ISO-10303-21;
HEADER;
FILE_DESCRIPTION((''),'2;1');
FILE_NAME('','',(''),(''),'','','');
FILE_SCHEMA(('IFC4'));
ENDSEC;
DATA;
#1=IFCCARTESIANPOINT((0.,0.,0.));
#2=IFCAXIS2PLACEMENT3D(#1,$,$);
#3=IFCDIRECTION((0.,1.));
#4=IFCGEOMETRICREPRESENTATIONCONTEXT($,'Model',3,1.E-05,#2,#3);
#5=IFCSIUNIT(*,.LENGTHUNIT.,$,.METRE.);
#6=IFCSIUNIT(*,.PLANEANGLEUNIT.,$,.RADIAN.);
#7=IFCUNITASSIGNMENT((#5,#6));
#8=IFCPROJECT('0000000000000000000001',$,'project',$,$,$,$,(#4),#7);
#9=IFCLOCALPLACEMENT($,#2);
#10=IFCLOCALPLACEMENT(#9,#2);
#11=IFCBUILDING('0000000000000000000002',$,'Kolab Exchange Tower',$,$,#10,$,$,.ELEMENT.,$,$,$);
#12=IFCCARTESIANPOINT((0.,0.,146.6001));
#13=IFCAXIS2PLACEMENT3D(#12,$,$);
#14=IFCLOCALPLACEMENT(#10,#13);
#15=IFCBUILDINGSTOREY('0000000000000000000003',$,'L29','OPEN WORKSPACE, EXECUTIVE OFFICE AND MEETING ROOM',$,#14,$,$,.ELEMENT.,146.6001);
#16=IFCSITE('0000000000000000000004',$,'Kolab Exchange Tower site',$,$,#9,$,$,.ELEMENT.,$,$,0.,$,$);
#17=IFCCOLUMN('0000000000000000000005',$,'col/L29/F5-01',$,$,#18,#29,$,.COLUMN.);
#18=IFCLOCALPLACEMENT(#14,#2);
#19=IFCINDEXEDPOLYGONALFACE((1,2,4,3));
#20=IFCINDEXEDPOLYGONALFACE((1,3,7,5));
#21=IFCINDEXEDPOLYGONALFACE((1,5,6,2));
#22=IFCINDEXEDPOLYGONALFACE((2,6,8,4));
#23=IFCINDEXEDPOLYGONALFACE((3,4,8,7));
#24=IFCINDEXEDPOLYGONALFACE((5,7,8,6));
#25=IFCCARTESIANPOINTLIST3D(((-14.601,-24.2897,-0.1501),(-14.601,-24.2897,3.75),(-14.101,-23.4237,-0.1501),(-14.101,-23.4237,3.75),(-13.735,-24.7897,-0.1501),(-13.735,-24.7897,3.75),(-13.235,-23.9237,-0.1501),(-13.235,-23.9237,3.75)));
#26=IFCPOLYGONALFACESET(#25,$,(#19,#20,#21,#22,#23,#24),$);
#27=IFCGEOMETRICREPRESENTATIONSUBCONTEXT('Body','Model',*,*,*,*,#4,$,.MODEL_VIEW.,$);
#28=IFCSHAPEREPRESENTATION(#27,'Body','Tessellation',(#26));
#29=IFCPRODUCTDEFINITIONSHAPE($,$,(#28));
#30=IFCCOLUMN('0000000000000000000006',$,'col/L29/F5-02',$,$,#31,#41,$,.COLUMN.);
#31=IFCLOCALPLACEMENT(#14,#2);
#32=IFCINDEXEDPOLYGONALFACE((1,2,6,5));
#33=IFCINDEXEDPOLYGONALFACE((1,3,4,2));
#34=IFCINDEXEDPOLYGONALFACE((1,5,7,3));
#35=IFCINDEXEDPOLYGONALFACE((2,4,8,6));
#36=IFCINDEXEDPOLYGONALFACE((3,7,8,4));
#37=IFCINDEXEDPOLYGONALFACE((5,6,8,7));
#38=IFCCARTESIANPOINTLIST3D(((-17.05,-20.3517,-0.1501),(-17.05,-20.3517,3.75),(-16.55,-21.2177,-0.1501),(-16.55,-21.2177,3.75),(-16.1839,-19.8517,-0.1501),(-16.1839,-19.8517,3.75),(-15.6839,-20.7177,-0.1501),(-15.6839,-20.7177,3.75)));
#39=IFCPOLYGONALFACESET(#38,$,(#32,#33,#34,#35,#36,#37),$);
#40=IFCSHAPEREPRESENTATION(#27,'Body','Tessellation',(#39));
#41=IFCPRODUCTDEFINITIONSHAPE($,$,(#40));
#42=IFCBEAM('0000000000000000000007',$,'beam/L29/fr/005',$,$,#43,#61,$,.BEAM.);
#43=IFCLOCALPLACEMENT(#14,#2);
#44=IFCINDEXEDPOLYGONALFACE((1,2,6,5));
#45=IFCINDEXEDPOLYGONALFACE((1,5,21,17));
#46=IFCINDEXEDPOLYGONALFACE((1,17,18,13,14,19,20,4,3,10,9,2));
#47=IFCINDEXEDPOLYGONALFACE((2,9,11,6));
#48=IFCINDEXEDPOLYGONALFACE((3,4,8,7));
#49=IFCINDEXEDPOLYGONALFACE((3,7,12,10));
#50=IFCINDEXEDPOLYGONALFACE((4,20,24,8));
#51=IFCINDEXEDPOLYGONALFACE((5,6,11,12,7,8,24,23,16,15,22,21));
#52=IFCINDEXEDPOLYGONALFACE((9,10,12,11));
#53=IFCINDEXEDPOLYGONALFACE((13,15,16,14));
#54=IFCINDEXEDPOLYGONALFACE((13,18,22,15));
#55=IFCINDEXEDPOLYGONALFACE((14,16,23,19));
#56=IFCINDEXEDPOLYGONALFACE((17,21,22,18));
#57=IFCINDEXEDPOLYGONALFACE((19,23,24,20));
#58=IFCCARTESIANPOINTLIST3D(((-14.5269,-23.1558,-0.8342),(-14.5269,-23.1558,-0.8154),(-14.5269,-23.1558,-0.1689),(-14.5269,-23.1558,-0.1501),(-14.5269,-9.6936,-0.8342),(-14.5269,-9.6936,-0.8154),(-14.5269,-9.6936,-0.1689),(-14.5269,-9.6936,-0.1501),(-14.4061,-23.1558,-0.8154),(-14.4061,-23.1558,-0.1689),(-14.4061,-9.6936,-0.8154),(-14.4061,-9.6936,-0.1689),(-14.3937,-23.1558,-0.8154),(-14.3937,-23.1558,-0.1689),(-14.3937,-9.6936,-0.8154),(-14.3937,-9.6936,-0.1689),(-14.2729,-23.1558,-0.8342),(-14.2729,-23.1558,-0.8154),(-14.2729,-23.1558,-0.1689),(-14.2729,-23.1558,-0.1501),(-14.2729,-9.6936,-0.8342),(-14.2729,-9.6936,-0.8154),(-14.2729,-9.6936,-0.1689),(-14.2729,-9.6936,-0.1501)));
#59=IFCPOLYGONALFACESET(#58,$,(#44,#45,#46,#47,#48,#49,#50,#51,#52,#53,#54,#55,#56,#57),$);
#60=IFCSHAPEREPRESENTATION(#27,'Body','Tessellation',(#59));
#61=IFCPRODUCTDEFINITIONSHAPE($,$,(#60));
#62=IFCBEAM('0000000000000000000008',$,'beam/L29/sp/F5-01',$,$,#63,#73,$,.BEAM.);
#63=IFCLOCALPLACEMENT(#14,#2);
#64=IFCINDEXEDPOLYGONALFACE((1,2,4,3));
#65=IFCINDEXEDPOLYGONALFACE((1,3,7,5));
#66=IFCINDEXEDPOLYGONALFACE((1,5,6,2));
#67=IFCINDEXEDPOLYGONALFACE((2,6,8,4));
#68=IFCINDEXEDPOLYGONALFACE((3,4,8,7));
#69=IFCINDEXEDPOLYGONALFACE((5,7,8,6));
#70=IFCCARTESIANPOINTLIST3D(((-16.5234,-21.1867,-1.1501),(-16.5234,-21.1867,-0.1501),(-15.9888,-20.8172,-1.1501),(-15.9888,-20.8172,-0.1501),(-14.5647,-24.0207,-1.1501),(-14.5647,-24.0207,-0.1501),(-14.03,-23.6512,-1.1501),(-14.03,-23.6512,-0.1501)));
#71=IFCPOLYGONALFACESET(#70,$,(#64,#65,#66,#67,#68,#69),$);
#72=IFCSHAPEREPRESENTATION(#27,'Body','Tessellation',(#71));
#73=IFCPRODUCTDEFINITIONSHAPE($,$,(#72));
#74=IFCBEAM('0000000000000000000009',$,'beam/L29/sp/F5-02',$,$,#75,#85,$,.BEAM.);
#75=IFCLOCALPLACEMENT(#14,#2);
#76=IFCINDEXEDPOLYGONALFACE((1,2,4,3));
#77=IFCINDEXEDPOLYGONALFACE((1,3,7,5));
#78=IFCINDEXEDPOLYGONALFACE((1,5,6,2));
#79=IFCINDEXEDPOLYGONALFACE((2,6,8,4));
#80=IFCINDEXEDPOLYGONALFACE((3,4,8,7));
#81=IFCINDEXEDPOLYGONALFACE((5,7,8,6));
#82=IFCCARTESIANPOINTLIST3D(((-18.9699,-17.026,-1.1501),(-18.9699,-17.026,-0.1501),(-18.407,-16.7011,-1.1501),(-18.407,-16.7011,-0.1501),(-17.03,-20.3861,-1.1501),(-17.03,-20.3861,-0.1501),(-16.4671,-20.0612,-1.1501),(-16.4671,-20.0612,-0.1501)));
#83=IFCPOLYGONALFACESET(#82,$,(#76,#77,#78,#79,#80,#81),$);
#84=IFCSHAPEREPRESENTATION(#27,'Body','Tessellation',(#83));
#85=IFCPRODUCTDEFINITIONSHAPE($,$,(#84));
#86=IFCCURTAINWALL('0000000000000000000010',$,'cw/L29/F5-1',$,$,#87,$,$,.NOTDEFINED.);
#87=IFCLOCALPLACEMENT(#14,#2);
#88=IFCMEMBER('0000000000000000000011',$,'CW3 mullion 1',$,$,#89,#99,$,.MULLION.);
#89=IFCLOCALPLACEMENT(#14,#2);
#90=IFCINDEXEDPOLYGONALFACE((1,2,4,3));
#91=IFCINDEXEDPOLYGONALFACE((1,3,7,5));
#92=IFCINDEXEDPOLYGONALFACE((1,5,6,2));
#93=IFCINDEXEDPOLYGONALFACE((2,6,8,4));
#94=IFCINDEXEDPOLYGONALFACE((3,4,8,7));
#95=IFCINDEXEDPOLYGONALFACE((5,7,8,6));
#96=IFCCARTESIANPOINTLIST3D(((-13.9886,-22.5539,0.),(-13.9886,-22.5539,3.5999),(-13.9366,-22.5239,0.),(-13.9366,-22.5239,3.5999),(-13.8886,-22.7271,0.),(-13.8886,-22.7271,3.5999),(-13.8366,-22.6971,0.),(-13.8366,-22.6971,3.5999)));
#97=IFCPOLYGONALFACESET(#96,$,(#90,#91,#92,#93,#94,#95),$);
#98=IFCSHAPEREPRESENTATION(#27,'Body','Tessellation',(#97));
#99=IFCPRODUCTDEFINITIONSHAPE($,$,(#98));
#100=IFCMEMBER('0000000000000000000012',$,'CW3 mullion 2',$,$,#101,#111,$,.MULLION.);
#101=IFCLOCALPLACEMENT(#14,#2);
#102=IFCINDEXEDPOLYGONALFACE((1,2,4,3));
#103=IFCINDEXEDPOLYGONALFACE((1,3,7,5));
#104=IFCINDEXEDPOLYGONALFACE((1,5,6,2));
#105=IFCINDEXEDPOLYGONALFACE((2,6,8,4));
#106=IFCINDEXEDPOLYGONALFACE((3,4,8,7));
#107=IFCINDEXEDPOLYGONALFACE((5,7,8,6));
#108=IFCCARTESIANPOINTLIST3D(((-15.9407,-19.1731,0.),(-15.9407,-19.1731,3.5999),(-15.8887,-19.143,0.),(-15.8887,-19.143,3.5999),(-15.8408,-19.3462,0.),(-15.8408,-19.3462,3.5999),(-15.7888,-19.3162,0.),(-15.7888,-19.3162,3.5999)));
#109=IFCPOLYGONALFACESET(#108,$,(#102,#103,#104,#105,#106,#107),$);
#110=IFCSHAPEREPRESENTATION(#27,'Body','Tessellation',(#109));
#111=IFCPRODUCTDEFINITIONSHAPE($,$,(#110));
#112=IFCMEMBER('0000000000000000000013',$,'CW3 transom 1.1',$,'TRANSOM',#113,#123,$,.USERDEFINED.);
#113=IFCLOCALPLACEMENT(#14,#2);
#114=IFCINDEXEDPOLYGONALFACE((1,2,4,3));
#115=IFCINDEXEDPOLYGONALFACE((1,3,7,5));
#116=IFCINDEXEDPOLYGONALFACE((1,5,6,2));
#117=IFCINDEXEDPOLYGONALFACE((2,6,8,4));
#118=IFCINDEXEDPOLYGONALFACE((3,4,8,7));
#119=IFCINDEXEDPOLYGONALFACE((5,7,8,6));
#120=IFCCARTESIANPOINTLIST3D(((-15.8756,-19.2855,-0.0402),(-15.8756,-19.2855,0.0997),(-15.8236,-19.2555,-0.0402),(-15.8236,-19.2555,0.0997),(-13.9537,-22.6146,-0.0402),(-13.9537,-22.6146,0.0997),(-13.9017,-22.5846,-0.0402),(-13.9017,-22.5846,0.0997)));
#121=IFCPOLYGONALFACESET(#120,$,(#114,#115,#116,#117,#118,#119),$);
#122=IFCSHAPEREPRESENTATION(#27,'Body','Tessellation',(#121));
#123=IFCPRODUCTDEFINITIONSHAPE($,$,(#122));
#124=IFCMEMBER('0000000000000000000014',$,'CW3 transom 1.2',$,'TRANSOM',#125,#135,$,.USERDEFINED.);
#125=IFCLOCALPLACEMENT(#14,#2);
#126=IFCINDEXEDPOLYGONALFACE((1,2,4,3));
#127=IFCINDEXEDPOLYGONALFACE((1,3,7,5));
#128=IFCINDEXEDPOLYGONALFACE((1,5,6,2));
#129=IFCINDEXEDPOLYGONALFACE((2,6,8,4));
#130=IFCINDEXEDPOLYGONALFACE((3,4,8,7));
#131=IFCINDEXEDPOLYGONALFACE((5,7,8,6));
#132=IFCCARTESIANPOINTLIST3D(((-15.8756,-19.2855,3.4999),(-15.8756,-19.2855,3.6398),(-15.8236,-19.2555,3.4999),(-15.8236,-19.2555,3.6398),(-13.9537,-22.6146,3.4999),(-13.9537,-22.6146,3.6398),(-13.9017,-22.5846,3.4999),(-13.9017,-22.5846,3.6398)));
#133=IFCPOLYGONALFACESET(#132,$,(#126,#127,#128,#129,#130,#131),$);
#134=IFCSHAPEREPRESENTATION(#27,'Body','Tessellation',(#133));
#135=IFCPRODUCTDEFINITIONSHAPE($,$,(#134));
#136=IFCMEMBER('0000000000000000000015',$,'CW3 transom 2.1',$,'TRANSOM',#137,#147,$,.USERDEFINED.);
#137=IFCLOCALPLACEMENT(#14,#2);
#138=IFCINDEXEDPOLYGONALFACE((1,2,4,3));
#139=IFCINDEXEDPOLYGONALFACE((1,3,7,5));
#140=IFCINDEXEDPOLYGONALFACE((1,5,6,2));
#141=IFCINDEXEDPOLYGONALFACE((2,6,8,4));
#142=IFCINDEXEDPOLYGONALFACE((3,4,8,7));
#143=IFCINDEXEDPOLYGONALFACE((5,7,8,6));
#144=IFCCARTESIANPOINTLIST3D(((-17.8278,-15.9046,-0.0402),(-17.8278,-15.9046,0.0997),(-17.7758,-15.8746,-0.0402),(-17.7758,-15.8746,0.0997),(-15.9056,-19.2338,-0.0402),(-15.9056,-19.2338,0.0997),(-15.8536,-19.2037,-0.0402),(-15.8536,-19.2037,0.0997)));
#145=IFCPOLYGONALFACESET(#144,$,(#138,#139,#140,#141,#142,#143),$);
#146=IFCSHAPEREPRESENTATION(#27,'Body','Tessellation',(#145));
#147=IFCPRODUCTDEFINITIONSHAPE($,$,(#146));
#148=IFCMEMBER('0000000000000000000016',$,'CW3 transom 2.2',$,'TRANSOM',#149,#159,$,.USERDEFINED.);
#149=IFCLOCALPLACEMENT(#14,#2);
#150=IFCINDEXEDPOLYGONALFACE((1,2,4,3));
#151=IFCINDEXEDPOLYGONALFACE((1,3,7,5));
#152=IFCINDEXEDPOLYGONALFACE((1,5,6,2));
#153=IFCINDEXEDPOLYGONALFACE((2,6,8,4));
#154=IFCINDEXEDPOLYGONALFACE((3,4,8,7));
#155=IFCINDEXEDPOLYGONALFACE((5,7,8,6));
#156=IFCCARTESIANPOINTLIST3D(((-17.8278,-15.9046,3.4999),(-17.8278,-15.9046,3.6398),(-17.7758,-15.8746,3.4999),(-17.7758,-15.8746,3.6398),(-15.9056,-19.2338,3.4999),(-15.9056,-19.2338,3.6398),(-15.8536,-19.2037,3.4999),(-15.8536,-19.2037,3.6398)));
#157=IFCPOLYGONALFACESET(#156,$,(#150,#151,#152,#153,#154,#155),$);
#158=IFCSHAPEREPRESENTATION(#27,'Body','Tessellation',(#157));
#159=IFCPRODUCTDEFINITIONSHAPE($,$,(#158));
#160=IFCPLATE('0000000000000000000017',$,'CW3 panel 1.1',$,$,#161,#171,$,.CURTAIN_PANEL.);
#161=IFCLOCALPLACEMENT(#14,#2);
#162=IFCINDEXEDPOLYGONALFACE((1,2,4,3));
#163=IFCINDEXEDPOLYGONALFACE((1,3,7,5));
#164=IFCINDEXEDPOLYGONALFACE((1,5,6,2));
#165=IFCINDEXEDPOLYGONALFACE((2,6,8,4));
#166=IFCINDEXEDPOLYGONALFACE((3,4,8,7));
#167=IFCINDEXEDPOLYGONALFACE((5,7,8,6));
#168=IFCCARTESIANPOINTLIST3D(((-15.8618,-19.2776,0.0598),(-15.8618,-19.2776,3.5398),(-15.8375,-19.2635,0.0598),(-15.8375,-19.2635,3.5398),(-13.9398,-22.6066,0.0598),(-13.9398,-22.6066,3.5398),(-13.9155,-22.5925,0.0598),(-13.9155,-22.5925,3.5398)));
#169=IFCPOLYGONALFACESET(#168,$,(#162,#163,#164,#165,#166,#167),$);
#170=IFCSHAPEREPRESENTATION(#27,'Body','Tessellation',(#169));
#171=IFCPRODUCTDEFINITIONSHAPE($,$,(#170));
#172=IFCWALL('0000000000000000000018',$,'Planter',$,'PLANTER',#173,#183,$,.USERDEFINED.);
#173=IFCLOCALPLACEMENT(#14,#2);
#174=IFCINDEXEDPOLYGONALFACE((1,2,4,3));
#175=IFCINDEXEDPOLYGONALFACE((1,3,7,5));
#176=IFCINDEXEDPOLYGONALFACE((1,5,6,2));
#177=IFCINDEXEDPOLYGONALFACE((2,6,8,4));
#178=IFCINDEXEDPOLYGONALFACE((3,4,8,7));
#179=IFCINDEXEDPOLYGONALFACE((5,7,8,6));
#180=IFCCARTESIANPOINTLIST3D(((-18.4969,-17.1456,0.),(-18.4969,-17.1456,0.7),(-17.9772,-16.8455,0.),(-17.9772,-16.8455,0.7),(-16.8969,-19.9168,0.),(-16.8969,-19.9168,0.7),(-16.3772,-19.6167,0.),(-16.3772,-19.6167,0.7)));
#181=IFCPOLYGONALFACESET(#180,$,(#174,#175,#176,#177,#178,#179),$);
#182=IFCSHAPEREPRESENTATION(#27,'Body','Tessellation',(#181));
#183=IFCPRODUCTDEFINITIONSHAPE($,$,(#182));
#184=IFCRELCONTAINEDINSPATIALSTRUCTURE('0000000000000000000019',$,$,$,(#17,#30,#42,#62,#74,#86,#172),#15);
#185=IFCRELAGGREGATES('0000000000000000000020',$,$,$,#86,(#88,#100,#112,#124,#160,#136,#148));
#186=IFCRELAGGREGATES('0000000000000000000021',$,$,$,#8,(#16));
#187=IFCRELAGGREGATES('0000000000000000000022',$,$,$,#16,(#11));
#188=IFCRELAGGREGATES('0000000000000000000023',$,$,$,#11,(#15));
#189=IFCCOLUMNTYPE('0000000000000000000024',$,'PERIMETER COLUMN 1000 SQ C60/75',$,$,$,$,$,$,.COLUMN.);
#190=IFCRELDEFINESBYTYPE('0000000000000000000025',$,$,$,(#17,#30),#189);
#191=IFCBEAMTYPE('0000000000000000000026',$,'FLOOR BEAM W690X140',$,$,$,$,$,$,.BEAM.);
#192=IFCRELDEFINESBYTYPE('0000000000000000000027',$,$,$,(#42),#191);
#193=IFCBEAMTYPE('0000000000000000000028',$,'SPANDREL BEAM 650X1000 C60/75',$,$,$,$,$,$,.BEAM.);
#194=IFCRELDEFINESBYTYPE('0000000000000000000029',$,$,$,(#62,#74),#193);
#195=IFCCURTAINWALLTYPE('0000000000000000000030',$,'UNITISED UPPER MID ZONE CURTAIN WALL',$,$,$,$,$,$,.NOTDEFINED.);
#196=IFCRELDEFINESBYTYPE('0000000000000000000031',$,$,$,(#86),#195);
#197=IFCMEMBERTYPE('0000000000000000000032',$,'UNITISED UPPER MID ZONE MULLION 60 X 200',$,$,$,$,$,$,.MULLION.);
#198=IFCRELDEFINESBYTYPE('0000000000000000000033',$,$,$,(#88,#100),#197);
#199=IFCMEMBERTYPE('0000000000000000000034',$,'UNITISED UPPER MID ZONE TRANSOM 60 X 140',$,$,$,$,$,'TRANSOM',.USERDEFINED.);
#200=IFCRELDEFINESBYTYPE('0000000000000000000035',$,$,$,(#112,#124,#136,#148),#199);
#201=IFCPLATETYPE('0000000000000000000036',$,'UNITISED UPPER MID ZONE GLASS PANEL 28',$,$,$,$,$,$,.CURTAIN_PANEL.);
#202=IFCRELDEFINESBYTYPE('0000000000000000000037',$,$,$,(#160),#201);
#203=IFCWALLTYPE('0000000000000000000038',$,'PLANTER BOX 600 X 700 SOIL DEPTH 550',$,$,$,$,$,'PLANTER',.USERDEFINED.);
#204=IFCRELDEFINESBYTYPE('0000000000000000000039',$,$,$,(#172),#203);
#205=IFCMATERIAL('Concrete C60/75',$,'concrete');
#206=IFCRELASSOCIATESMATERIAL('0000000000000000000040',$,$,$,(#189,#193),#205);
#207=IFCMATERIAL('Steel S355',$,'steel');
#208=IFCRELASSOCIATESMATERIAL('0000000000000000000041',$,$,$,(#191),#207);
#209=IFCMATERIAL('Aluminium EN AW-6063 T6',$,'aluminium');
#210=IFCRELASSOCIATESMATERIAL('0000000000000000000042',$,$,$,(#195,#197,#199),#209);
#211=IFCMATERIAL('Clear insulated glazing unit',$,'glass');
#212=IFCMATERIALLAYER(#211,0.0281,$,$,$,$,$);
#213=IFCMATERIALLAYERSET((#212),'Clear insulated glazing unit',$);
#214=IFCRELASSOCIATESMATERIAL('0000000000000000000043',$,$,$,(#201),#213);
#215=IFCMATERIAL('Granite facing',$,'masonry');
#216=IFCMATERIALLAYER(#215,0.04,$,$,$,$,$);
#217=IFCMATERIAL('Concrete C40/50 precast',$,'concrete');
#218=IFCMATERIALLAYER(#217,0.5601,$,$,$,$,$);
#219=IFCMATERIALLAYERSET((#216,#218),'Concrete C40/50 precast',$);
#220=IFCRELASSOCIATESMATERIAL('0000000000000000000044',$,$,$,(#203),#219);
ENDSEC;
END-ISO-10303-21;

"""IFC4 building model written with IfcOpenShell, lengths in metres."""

from ifc_helpers import new_model, si_unit, direction, frame, frame_2d, origin, origin_2d, place, context, subcontext, project, spatial, rectangle, i_section, extrude, material, layer, layer_set, material_profile, profile_set, type_object, element, aggregate, save


model = new_model("IFC4")

# Units and contexts
model_context = context("Model", 3, precision=1e-05, world=origin(), true_north=direction((0.0, 1.0)))
body_context = subcontext(model_context, "Body", "Model", "MODEL_VIEW")
ifc_project = project(units=[si_unit("LENGTHUNIT", "METRE"), si_unit("PLANEANGLEUNIT", "RADIAN")], contexts=[model_context])

# Site, building, storey
site_placement = place(None, origin())
site = spatial("IfcSite", under=ifc_project, at=site_placement, Name="Kolab Exchange Tower site", CompositionType="ELEMENT", RefElevation=0.0)
building_placement = place(site_placement, origin())
building = spatial("IfcBuilding", under=site, at=building_placement, Name="Kolab Exchange Tower", CompositionType="ELEMENT")
storey_placement = place(building_placement, frame((0.0, 0.0, 146.6001)))
storey = spatial("IfcBuildingStorey", under=building, at=storey_placement, Name="L29", Description="OPEN WORKSPACE, EXECUTIVE OFFICE AND MEETING ROOM", CompositionType="ELEMENT", Elevation=146.6001)

# Columns
ifc_material_1 = material(Name="Concrete C60/75", Category="concrete")
ifc_material_profile_1 = material_profile(ifc_material_1, rectangle(XDim=1.0, YDim=1.0, at=origin_2d()), Name="RC1000")
ifc_profile_set_1 = profile_set([ifc_material_profile_1], Name="Concrete C60/75")
column_type = type_object("IfcColumnType", Name="PERIMETER COLUMN 1000 SQ C60/75", PredefinedType="COLUMN", material=ifc_profile_set_1)
for number, where, z_axis, x_axis, name in (
    (1, (-13.918, -24.1067, -0.1501), (0.0, 0.0, 1.0), (0.5, 0.866025, 0.0), "col/L29/F5-01"),
    (2, (-16.3669, -20.5347, -0.1501), (0.0, 0.0, 1.0), (0.866025, 0.5, 0.0), "col/L29/F5-02"),
):
    element("IfcColumn", number, at=place(storey_placement, frame(where, z_axis=z_axis, x_axis=x_axis)), inside=storey, type_object=column_type, Name=name, PredefinedType="COLUMN", context=body_context, shape_type="SweptSolid", body=[
        extrude(rectangle(XDim=1.0, YDim=1.0, at=origin_2d()), origin(), (0.0, 0.0, 1.0), 3.9001),
    ])

# Beams
ifc_material_2 = material(Name="Steel S355", Category="steel")
ifc_material_profile_2 = material_profile(ifc_material_2, i_section(OverallWidth=0.2539, OverallDepth=0.6841, WebThickness=0.0125, FlangeThickness=0.0188, at=origin_2d()), Name="W690X140")
ifc_profile_set_2 = profile_set([ifc_material_profile_2], Name="Steel S355")
beam_type_1 = type_object("IfcBeamType", Name="FLOOR BEAM W690X140", PredefinedType="BEAM", material=ifc_profile_set_2)
beam_1_placement = place(storey_placement, frame((-14.3999, -23.1558, -0.4922), z_axis=(0.0, 1.0, 0.0), x_axis=(-1.0, 0.0, 0.0)))
element("IfcBeam", 3, at=beam_1_placement, inside=storey, type_object=beam_type_1, Name="beam/L29/fr/005", PredefinedType="BEAM", context=body_context, shape_type="SweptSolid", body=[
    extrude(i_section(OverallWidth=0.2539, OverallDepth=0.6841, WebThickness=0.0125, FlangeThickness=0.0188, at=origin_2d()), origin(), (0.0, 0.0, 1.0), 13.4622),
])
ifc_material_profile_3 = material_profile(ifc_material_1, rectangle(XDim=0.6499, YDim=1.0, at=origin_2d()), Name="RC650X1000")
ifc_profile_set_3 = profile_set([ifc_material_profile_3], Name="Concrete C60/75")
beam_type_2 = type_object("IfcBeamType", Name="SPANDREL BEAM 650X1000 C60/75", PredefinedType="BEAM", material=ifc_profile_set_3)
beam_2_placement = place(storey_placement, frame((-14.2974, -23.8359, -0.6501), z_axis=(-0.568572, 0.822633, 0.0), x_axis=(-0.822633, -0.568572, 0.0)))
element("IfcBeam", 4, at=beam_2_placement, inside=storey, type_object=beam_type_2, Name="beam/L29/sp/F5-01", PredefinedType="BEAM", context=body_context, shape_type="SweptSolid", body=[
    extrude(rectangle(XDim=0.6499, YDim=1.0, at=origin_2d()), origin(), (0.0, 0.0, 1.0), 3.4451),
])
beam_3_placement = place(storey_placement, frame((-16.7485, -20.2236, -0.6501), z_axis=(-0.499997, 0.866027, 0.0), x_axis=(-0.866027, -0.499997, 0.0)))
element("IfcBeam", 5, at=beam_3_placement, inside=storey, type_object=beam_type_2, Name="beam/L29/sp/F5-02", PredefinedType="BEAM", context=body_context, shape_type="SweptSolid", body=[
    extrude(rectangle(XDim=0.6499, YDim=1.0, at=origin_2d()), origin(), (0.0, 0.0, 1.0), 3.8799),
])

# Curtain wall, members, plate
ifc_material_3 = material(Name="Aluminium EN AW-6063 T6", Category="aluminium")
curtain_wall_type = type_object("IfcCurtainWallType", Name="UNITISED UPPER MID ZONE CURTAIN WALL", PredefinedType="NOTDEFINED", material=ifc_material_3)
curtain_wall_placement = place(storey_placement, origin())
curtain_wall = element("IfcCurtainWall", 6, at=curtain_wall_placement, inside=storey, type_object=curtain_wall_type, Name="cw/L29/F5-1", PredefinedType="NOTDEFINED")
ifc_material_profile_4 = material_profile(ifc_material_3, rectangle(XDim=0.0601, YDim=0.2, at=origin_2d()), Name="RECT 60X200")
ifc_profile_set_4 = profile_set([ifc_material_profile_4], Name="Aluminium EN AW-6063 T6")
member_type_1 = type_object("IfcMemberType", Name="UNITISED UPPER MID ZONE MULLION 60 X 200", PredefinedType="MULLION", material=ifc_profile_set_4)
member_1_placement = place(storey_placement, frame((-13.9126, -22.6255, 0.0), z_axis=(0.0, 0.0, 1.0), x_axis=(-0.866025, -0.5, 0.0)))
member_1 = element("IfcMember", 7, at=member_1_placement, type_object=member_type_1, Name="CW3 mullion 1", PredefinedType="MULLION", context=body_context, shape_type="SweptSolid", body=[
    extrude(rectangle(XDim=0.0601, YDim=0.2, at=origin_2d()), origin(), (0.0, 0.0, 1.0), 3.5999),
])
member_2_placement = place(storey_placement, frame((-15.8647, -19.2446, 0.0), z_axis=(0.0, 0.0, 1.0), x_axis=(-0.866025, -0.5, 0.0)))
member_2 = element("IfcMember", 8, at=member_2_placement, type_object=member_type_1, Name="CW3 mullion 2", PredefinedType="MULLION", context=body_context, shape_type="SweptSolid", body=[
    extrude(rectangle(XDim=0.0601, YDim=0.2, at=origin_2d()), origin(), (0.0, 0.0, 1.0), 3.5999),
])
ifc_material_profile_5 = material_profile(ifc_material_3, rectangle(XDim=0.0601, YDim=0.1399, at=origin_2d()), Name="RECT 60X140")
ifc_profile_set_5 = profile_set([ifc_material_profile_5], Name="Aluminium EN AW-6063 T6")
member_type_2 = type_object("IfcMemberType", Name="UNITISED UPPER MID ZONE TRANSOM 60 X 140", ElementType="TRANSOM", PredefinedType="USERDEFINED", material=ifc_profile_set_5)
member_3_placement = place(storey_placement, frame((-13.9277, -22.5996, 0.0298), z_axis=(-0.499964, 0.866046, 0.0), x_axis=(-0.866046, -0.499964, 0.0)))
member_3 = element("IfcMember", 9, at=member_3_placement, type_object=member_type_2, Name="CW3 transom 1.1", ObjectType="TRANSOM", PredefinedType="USERDEFINED", context=body_context, shape_type="SweptSolid", body=[
    extrude(rectangle(XDim=0.0601, YDim=0.1399, at=origin_2d()), origin(), (0.0, 0.0, 1.0), 3.844),
])
member_4_placement = place(storey_placement, frame((-13.9277, -22.5996, 3.5698), z_axis=(-0.499964, 0.866046, 0.0), x_axis=(-0.866046, -0.499964, 0.0)))
member_4 = element("IfcMember", 10, at=member_4_placement, type_object=member_type_2, Name="CW3 transom 1.2", ObjectType="TRANSOM", PredefinedType="USERDEFINED", context=body_context, shape_type="SweptSolid", body=[
    extrude(rectangle(XDim=0.0601, YDim=0.1399, at=origin_2d()), origin(), (0.0, 0.0, 1.0), 3.844),
])
member_5_placement = place(storey_placement, frame((-15.8796, -19.2188, 0.0298), z_axis=(-0.500012, 0.866018, 0.0), x_axis=(-0.866018, -0.500012, 0.0)))
member_5 = element("IfcMember", 11, at=member_5_placement, type_object=member_type_2, Name="CW3 transom 2.1", ObjectType="TRANSOM", PredefinedType="USERDEFINED", context=body_context, shape_type="SweptSolid", body=[
    extrude(rectangle(XDim=0.0601, YDim=0.1399, at=origin_2d()), origin(), (0.0, 0.0, 1.0), 3.8442),
])
member_6_placement = place(storey_placement, frame((-15.8796, -19.2188, 3.5698), z_axis=(-0.500012, 0.866018, 0.0), x_axis=(-0.866018, -0.500012, 0.0)))
member_6 = element("IfcMember", 12, at=member_6_placement, type_object=member_type_2, Name="CW3 transom 2.2", ObjectType="TRANSOM", PredefinedType="USERDEFINED", context=body_context, shape_type="SweptSolid", body=[
    extrude(rectangle(XDim=0.0601, YDim=0.1399, at=origin_2d()), origin(), (0.0, 0.0, 1.0), 3.8442),
])
ifc_material_4 = material(Name="Clear insulated glazing unit", Category="glass")
ifc_layer_1 = layer(ifc_material_4, 0.0281)
ifc_layer_set_1 = layer_set([ifc_layer_1], Name="Clear insulated glazing unit")
plate_type = type_object("IfcPlateType", Name="UNITISED UPPER MID ZONE GLASS PANEL 28", PredefinedType="CURTAIN_PANEL", material=ifc_layer_set_1)
plate_placement = place(storey_placement, frame((-14.8887, -20.9351, 0.0598), z_axis=(0.0, 0.0, 1.0), x_axis=(-0.5, 0.866025, 0.0)))
plate = element("IfcPlate", 13, at=plate_placement, type_object=plate_type, Name="CW3 panel 1.1", PredefinedType="CURTAIN_PANEL", context=body_context, shape_type="SweptSolid", body=[
    extrude(rectangle(XDim=3.844, YDim=0.0281, at=origin_2d()), origin(), (0.0, 0.0, 1.0), 3.48),
])
aggregate(curtain_wall, [member_1, member_2, member_3, member_4, plate, member_5, member_6])

# Wall
ifc_material_5 = material(Name="Granite facing", Category="masonry")
ifc_layer_2 = layer(ifc_material_5, 0.04)
ifc_material_6 = material(Name="Concrete C40/50 precast", Category="concrete")
ifc_layer_3 = layer(ifc_material_6, 0.5601)
ifc_layer_set_2 = layer_set([ifc_layer_2, ifc_layer_3], Name="Concrete C40/50 precast")
wall_type = type_object("IfcWallType", Name="PLANTER BOX 600 X 700 SOIL DEPTH 550", ElementType="PLANTER", PredefinedType="USERDEFINED", material=ifc_layer_set_2)
wall_placement = place(storey_placement, frame((-16.637, -19.7668, 0.0), z_axis=(0.0, 0.0, 1.0), x_axis=(-0.500028, 0.866009, 0.0)))
element("IfcWall", 14, at=wall_placement, inside=storey, type_object=wall_type, Name="Planter", ObjectType="PLANTER", PredefinedType="USERDEFINED", context=body_context, shape_type="SweptSolid", body=[
    extrude(rectangle(XDim=3.2, YDim=0.6001, at=frame_2d((1.6001, 0.0))), origin(), (0.0, 0.0, 1.0), 0.7),
])

save(model, "model.ifc")
